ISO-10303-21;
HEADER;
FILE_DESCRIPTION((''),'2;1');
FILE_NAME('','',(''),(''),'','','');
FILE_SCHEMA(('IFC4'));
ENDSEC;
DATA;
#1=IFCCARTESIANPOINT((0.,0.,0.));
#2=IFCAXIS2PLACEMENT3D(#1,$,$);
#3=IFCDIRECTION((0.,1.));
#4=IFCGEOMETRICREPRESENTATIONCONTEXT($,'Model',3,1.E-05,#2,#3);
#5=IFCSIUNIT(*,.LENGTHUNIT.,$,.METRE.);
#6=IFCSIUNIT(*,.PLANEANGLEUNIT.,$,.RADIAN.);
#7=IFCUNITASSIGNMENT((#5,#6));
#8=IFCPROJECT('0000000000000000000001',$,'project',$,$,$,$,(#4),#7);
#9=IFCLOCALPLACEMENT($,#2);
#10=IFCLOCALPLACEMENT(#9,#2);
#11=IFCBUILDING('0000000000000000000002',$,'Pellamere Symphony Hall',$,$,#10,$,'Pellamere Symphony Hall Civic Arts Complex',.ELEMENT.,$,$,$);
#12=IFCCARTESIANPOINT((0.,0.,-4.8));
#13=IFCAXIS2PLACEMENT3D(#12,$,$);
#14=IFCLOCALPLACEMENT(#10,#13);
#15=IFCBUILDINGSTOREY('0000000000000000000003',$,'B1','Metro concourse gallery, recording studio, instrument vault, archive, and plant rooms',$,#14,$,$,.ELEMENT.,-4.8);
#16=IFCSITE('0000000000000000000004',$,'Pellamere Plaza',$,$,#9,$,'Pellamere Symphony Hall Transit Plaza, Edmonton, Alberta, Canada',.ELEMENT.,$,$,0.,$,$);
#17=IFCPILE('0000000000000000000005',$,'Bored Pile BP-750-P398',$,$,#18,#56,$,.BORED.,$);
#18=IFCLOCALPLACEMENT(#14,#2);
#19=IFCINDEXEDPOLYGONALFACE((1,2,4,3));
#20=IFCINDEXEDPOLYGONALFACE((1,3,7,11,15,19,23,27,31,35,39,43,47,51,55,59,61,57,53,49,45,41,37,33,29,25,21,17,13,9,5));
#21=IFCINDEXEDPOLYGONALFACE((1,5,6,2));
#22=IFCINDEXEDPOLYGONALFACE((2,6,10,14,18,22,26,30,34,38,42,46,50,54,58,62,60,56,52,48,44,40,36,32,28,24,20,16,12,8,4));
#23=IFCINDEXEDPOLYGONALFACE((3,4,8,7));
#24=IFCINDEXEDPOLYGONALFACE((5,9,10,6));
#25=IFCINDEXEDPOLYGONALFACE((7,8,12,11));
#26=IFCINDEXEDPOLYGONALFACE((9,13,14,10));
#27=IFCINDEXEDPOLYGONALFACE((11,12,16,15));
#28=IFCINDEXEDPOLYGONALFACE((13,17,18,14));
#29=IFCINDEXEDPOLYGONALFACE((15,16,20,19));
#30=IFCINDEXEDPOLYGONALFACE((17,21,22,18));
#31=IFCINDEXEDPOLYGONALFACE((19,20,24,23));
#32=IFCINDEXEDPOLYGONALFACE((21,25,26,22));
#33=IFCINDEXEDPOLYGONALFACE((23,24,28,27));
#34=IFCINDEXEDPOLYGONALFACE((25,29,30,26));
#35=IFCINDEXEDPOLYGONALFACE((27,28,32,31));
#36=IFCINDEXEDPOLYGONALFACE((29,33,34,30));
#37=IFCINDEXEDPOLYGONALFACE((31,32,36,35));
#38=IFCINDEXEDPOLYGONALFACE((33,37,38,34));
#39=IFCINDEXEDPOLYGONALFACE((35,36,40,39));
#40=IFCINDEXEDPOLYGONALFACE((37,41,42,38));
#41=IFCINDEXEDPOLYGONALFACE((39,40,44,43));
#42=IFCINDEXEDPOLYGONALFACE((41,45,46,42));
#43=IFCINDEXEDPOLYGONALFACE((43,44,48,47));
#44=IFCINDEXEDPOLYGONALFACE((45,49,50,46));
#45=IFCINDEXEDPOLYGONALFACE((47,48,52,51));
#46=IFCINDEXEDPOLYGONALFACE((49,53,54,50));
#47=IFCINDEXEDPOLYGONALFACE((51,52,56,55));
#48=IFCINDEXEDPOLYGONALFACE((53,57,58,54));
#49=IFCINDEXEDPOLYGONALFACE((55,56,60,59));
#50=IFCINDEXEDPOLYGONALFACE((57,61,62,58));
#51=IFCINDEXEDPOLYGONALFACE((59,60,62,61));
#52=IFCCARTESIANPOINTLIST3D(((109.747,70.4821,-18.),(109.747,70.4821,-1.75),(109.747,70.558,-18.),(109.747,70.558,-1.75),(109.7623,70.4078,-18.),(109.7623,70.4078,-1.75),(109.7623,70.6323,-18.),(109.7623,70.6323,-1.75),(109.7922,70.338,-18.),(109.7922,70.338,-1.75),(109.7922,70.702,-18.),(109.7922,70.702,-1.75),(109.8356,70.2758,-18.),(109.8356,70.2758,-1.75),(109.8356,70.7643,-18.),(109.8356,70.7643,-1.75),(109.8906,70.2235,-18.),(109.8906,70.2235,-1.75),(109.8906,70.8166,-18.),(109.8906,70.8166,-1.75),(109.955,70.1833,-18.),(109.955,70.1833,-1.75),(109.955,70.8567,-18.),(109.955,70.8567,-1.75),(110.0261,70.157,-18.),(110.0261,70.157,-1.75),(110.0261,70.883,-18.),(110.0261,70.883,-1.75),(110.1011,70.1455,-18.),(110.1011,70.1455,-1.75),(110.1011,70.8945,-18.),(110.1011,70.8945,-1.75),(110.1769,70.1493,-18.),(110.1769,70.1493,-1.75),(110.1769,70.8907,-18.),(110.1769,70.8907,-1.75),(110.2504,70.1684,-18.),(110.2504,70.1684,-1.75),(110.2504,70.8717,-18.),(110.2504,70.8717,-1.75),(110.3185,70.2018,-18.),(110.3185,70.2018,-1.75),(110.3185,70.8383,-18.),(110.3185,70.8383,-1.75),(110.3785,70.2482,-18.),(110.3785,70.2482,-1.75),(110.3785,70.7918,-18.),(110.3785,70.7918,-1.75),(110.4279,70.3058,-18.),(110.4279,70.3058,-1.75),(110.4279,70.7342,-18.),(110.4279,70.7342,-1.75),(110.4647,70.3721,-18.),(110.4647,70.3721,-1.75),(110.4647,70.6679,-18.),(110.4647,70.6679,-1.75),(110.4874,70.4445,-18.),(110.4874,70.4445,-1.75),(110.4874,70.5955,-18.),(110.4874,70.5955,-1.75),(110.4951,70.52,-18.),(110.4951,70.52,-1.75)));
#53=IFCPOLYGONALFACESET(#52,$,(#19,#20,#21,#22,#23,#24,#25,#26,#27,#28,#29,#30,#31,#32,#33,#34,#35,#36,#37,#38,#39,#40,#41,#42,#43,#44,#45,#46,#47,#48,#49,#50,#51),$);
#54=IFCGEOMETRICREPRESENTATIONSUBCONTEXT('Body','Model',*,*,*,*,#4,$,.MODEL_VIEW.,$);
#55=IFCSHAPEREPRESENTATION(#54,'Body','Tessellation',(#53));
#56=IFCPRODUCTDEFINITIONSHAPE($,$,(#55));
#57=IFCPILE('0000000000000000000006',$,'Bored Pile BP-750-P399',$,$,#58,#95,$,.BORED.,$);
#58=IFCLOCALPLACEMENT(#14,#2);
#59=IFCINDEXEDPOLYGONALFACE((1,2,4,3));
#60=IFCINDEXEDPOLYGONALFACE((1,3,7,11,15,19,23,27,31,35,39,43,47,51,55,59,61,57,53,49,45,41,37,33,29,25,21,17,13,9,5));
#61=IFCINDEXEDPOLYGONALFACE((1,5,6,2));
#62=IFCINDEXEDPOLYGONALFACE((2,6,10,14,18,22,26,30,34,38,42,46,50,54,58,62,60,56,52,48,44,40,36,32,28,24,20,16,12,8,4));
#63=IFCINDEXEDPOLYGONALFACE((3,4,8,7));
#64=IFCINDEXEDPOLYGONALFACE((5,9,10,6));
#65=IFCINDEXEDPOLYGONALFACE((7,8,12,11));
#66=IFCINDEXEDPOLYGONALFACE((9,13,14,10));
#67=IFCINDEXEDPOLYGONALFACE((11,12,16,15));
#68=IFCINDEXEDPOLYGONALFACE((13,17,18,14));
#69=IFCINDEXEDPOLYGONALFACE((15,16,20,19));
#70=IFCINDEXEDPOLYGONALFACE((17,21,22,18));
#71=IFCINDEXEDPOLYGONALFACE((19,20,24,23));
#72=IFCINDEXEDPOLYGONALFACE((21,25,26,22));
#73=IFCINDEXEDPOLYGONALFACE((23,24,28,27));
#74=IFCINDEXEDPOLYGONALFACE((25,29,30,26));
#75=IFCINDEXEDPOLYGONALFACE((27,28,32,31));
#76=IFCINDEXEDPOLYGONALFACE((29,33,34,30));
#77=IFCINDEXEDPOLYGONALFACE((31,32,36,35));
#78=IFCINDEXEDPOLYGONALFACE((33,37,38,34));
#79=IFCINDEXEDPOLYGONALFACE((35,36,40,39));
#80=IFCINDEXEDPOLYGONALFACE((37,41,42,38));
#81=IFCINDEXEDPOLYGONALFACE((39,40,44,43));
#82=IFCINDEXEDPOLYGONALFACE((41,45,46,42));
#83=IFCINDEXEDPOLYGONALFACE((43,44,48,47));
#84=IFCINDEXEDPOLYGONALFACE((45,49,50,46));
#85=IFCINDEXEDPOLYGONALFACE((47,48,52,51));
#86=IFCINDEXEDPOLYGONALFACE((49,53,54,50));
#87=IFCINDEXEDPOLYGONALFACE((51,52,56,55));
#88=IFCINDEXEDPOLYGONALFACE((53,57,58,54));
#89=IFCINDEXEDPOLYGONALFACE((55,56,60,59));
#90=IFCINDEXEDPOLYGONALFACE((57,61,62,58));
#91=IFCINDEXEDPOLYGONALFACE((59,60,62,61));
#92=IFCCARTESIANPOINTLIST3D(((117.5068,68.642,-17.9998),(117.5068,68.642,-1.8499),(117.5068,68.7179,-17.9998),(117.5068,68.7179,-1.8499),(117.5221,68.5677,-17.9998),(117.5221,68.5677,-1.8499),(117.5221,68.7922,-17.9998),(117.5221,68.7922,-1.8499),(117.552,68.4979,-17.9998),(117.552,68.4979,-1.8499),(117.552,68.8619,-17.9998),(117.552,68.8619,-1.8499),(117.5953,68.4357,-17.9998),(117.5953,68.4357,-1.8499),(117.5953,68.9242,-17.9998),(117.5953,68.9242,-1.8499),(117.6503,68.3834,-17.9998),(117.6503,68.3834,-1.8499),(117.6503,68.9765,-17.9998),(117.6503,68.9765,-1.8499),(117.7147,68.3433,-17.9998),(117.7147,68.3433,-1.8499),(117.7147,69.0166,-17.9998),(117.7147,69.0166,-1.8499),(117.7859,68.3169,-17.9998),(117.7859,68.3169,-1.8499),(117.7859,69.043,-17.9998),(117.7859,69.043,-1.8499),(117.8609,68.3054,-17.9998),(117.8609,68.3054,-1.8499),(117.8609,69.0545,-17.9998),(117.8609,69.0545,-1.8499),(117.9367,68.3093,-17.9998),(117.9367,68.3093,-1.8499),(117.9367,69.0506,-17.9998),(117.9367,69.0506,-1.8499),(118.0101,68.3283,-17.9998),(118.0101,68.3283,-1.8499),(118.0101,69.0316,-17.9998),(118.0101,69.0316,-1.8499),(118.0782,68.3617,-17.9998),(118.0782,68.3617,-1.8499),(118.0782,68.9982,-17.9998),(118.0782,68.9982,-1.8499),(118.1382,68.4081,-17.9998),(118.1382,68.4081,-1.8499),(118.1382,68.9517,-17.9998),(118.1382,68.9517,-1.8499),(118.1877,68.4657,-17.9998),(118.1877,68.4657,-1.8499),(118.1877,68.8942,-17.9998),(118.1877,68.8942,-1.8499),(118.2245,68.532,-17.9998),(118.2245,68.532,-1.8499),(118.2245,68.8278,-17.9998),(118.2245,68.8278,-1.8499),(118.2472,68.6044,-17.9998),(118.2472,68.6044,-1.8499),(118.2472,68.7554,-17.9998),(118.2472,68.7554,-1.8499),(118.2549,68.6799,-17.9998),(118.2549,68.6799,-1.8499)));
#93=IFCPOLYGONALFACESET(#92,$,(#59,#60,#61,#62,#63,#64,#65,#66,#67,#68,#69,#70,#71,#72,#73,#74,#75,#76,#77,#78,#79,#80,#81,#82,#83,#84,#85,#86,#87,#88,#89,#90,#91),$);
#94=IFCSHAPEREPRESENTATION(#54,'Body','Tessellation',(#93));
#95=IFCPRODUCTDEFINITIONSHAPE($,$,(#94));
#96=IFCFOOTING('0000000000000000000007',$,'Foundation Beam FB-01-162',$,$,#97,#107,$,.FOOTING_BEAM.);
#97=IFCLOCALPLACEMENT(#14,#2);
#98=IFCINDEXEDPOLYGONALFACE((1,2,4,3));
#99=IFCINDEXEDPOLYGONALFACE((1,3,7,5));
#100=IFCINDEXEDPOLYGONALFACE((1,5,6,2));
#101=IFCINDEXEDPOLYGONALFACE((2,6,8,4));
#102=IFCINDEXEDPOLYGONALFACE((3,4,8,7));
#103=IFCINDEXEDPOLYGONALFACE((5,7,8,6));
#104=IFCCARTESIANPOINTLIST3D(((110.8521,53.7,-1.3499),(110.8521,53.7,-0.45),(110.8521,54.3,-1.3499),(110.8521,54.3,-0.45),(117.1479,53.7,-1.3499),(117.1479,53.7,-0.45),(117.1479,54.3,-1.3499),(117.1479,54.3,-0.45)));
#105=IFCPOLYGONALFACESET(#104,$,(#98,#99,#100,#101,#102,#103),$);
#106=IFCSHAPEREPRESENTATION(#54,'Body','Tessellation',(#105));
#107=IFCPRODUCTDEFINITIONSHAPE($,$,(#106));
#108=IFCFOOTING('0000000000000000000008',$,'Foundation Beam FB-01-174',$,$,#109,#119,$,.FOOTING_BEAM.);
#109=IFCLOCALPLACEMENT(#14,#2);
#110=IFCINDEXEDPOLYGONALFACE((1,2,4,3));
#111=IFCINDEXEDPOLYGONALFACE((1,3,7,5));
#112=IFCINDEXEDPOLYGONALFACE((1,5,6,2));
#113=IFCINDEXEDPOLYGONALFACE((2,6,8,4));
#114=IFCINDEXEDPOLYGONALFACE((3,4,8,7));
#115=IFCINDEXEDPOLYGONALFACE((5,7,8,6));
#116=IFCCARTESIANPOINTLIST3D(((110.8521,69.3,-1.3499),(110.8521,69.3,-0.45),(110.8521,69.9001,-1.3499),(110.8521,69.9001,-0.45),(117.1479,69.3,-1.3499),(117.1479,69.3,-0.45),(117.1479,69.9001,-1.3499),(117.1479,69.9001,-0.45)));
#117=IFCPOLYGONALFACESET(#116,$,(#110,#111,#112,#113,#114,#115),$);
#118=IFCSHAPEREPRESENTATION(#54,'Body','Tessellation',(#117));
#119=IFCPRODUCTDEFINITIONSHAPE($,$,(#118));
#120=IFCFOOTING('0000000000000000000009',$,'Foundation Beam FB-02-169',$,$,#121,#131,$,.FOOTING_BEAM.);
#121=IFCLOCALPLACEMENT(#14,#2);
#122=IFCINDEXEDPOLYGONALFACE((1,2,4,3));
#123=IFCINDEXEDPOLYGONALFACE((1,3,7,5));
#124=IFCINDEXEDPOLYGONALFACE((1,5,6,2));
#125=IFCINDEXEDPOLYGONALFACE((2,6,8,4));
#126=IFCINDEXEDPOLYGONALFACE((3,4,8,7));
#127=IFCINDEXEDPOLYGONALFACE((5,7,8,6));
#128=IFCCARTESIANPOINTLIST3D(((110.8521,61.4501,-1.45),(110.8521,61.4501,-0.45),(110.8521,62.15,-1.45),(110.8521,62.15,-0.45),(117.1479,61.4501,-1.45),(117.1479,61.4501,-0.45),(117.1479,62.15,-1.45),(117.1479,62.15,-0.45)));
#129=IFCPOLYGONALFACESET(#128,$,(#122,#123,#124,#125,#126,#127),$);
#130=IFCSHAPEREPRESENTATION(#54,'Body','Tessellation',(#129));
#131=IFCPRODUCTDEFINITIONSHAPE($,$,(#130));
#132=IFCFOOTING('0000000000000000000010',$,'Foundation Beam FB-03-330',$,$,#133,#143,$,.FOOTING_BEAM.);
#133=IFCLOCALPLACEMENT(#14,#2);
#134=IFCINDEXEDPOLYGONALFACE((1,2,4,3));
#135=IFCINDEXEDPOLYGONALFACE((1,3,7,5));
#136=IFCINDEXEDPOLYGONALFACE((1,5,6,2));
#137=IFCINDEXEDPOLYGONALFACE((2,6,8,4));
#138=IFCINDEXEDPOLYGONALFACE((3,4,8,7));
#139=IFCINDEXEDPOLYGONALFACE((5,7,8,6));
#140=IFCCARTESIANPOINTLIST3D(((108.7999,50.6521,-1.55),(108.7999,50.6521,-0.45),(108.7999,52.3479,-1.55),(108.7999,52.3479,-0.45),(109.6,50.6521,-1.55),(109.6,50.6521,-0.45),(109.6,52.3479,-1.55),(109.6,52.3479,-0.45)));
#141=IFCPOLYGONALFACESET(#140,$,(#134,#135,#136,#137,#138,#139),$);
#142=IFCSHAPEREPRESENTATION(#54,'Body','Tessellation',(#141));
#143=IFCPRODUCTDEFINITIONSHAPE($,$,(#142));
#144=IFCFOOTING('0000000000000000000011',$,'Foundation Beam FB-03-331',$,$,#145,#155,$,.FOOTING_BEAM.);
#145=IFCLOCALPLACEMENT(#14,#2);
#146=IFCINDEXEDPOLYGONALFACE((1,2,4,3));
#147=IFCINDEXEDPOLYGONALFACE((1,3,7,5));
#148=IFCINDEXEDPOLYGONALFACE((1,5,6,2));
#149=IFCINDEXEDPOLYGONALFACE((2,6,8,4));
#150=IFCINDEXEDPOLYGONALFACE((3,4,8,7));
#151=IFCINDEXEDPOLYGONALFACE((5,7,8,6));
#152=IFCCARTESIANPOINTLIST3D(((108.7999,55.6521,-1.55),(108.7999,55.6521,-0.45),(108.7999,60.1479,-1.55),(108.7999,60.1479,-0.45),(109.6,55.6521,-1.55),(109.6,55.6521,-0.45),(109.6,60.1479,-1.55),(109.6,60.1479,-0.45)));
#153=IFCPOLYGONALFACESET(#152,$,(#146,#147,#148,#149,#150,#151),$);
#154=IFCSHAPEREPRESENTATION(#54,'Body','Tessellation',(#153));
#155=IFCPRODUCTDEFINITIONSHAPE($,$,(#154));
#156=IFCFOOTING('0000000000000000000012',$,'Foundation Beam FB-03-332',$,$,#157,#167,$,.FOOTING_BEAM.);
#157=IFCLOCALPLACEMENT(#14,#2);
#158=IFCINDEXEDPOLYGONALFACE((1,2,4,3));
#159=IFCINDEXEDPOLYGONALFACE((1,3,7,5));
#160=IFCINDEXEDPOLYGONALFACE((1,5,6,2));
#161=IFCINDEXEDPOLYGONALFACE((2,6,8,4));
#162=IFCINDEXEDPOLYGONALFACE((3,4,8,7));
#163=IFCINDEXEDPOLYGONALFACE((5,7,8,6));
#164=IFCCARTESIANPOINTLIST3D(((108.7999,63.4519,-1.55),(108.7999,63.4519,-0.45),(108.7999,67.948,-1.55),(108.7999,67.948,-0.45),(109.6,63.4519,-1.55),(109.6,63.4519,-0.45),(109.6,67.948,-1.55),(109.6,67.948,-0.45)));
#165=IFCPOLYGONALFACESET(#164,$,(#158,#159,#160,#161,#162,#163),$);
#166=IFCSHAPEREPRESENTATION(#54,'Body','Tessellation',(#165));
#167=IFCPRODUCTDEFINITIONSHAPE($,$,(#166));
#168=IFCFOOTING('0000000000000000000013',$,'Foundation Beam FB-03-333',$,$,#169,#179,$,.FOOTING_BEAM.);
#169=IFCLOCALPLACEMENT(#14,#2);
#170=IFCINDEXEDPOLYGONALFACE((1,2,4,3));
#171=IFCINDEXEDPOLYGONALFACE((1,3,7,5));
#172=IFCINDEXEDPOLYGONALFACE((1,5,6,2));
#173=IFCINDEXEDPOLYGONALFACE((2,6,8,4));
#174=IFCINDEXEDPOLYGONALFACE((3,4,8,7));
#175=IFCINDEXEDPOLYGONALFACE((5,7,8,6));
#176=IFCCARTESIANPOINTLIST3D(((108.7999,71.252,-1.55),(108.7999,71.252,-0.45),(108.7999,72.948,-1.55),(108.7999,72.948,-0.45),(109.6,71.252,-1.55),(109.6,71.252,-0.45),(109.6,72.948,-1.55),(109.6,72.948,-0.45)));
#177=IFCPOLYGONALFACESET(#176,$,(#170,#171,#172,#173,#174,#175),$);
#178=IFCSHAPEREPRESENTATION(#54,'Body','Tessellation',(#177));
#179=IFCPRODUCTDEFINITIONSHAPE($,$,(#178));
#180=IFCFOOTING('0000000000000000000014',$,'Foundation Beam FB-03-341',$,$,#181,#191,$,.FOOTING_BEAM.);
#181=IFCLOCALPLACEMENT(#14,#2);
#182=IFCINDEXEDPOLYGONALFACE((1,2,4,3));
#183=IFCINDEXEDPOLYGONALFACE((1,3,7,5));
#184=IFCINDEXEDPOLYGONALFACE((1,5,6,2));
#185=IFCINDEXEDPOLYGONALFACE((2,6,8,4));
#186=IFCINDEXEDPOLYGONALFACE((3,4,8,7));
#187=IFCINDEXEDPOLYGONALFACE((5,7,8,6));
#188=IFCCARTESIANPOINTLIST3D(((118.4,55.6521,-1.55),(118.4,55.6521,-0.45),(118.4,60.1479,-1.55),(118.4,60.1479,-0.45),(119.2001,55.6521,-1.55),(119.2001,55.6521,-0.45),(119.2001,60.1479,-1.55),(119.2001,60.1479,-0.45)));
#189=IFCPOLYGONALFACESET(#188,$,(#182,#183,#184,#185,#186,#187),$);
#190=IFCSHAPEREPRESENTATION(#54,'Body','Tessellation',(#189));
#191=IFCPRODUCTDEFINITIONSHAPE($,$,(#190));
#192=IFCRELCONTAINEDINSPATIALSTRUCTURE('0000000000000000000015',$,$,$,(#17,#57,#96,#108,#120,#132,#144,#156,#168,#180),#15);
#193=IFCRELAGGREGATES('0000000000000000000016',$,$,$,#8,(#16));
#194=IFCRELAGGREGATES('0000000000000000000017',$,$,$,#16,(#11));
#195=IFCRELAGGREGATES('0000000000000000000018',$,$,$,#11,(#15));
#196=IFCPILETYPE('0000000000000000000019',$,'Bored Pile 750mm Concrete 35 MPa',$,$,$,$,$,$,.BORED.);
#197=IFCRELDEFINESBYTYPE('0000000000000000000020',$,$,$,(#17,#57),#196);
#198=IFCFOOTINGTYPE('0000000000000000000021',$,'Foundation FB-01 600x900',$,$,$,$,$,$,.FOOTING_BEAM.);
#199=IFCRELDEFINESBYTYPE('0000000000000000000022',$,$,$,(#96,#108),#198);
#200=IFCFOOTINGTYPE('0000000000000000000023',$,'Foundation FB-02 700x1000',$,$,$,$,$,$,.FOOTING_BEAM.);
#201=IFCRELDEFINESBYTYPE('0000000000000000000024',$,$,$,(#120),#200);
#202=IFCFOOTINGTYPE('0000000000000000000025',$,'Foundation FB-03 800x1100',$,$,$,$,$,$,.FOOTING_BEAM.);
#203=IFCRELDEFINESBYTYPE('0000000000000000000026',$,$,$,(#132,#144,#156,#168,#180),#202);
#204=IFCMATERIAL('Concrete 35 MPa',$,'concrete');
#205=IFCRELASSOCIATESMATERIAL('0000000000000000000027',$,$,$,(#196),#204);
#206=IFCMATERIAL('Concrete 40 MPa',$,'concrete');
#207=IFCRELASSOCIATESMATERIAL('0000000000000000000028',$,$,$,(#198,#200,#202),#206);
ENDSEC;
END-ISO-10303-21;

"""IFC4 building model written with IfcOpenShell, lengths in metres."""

from ifc_helpers import new_model, si_unit, direction, frame, origin, origin_2d, place, context, subcontext, project, spatial, rectangle, circle, extrude, material, material_profile, profile_set, type_object, element, save


model = new_model("IFC4")

# Units and contexts
model_context = context("Model", 3, precision=1e-05, world=origin(), true_north=direction((0.0, 1.0)))
body_context = subcontext(model_context, "Body", "Model", "MODEL_VIEW")
ifc_project = project(units=[si_unit("LENGTHUNIT", "METRE"), si_unit("PLANEANGLEUNIT", "RADIAN")], contexts=[model_context])

# Site, building, storey
site_placement = place(None, origin())
site = spatial("IfcSite", under=ifc_project, at=site_placement, Name="Pellamere Plaza", LongName="Pellamere Symphony Hall Transit Plaza, Edmonton, Alberta, Canada", CompositionType="ELEMENT", RefElevation=0.0)
building_placement = place(site_placement, origin())
building = spatial("IfcBuilding", under=site, at=building_placement, Name="Pellamere Symphony Hall", LongName="Pellamere Symphony Hall Civic Arts Complex", CompositionType="ELEMENT")
storey_placement = place(building_placement, frame((0.0, 0.0, -4.8)))
storey = spatial("IfcBuildingStorey", under=building, at=storey_placement, Name="B1", Description="Metro concourse gallery, recording studio, instrument vault, archive, and plant rooms", CompositionType="ELEMENT", Elevation=-4.8)

# Piles
ifc_material_1 = material(Name="Concrete 35 MPa", Category="concrete")
ifc_material_profile_1 = material_profile(ifc_material_1, circle(Radius=0.375, at=origin_2d()), Name="PILE D750")
ifc_profile_set_1 = profile_set([ifc_material_profile_1], Name="Concrete 35 MPa")
pile_type = type_object("IfcPileType", Name="Bored Pile 750mm Concrete 35 MPa", PredefinedType="BORED", material=ifc_profile_set_1)
for number, where, z_axis, x_axis, name in (
    (1, (110.1201, 70.52, -1.75), (0.0, 0.0, -1.0), (1.0, 0.0, 0.0), "Bored Pile BP-750-P398"),
):
    element("IfcPile", number, at=place(storey_placement, frame(where, z_axis=z_axis, x_axis=x_axis)), inside=storey, type_object=pile_type, Name=name, PredefinedType="BORED", context=body_context, shape_type="SweptSolid", body=[
        extrude(circle(Radius=0.375, at=origin_2d()), origin(), (0.0, 0.0, 1.0), 16.25),
    ])
pile_1_placement = place(storey_placement, frame((117.8799, 68.6799, -1.8499), z_axis=(0.0, 0.0, -1.0), x_axis=(1.0, 0.0, 0.0)))
element("IfcPile", 2, at=pile_1_placement, inside=storey, type_object=pile_type, Name="Bored Pile BP-750-P399", PredefinedType="BORED", context=body_context, shape_type="SweptSolid", body=[
    extrude(circle(Radius=0.375, at=origin_2d()), origin(), (0.0, 0.0, 1.0), 16.1499),
])

# Footings
ifc_material_2 = material(Name="Concrete 40 MPa", Category="concrete")
ifc_material_profile_2 = material_profile(ifc_material_2, rectangle(XDim=0.6001, YDim=0.8999, at=origin_2d()), Name="RC 600x900")
ifc_profile_set_2 = profile_set([ifc_material_profile_2], Name="Concrete 40 MPa")
footing_type_1 = type_object("IfcFootingType", Name="Foundation FB-01 600x900", PredefinedType="FOOTING_BEAM", material=ifc_profile_set_2)
for number, where, z_axis, x_axis, name in (
    (3, (110.8521, 54.0, -0.8999), (1.0, 0.0, 0.0), (0.0, 1.0, 0.0), "Foundation Beam FB-01-162"),
    (4, (110.8521, 69.6001, -0.8999), (1.0, 0.0, 0.0), (0.0, 1.0, 0.0), "Foundation Beam FB-01-174"),
):
    element("IfcFooting", number, at=place(storey_placement, frame(where, z_axis=z_axis, x_axis=x_axis)), inside=storey, type_object=footing_type_1, Name=name, PredefinedType="FOOTING_BEAM", context=body_context, shape_type="SweptSolid", body=[
        extrude(rectangle(XDim=0.6001, YDim=0.8999, at=origin_2d()), origin(), (0.0, 0.0, 1.0), 6.2959),
    ])
ifc_material_profile_3 = material_profile(ifc_material_2, rectangle(XDim=0.7, YDim=1.0, at=origin_2d()), Name="RC 700x1000")
ifc_profile_set_3 = profile_set([ifc_material_profile_3], Name="Concrete 40 MPa")
footing_type_2 = type_object("IfcFootingType", Name="Foundation FB-02 700x1000", PredefinedType="FOOTING_BEAM", material=ifc_profile_set_3)
footing_1_placement = place(storey_placement, frame((110.8521, 61.8, -0.95), z_axis=(1.0, 0.0, 0.0), x_axis=(0.0, 1.0, 0.0)))
element("IfcFooting", 5, at=footing_1_placement, inside=storey, type_object=footing_type_2, Name="Foundation Beam FB-02-169", PredefinedType="FOOTING_BEAM", context=body_context, shape_type="SweptSolid", body=[
    extrude(rectangle(XDim=0.7, YDim=1.0, at=origin_2d()), origin(), (0.0, 0.0, 1.0), 6.2959),
])
ifc_material_profile_4 = material_profile(ifc_material_2, rectangle(XDim=0.8, YDim=1.1001, at=origin_2d()), Name="RC 800x1100")
ifc_profile_set_4 = profile_set([ifc_material_profile_4], Name="Concrete 40 MPa")
footing_type_3 = type_object("IfcFootingType", Name="Foundation FB-03 800x1100", PredefinedType="FOOTING_BEAM", material=ifc_profile_set_4)
footing_2_placement = place(storey_placement, frame((109.2, 50.6521, -1.0), z_axis=(0.0, 1.0, 0.0), x_axis=(-1.0, 0.0, 0.0)))
element("IfcFooting", 6, at=footing_2_placement, inside=storey, type_object=footing_type_3, Name="Foundation Beam FB-03-330", PredefinedType="FOOTING_BEAM", context=body_context, shape_type="SweptSolid", body=[
    extrude(rectangle(XDim=0.8, YDim=1.1001, at=origin_2d()), origin(), (0.0, 0.0, 1.0), 1.6958),
])
footing_3_placement = place(storey_placement, frame((109.2, 55.6521, -1.0), z_axis=(0.0, 1.0, 0.0), x_axis=(-1.0, 0.0, 0.0)))
element("IfcFooting", 7, at=footing_3_placement, inside=storey, type_object=footing_type_3, Name="Foundation Beam FB-03-331", PredefinedType="FOOTING_BEAM", context=body_context, shape_type="SweptSolid", body=[
    extrude(rectangle(XDim=0.8, YDim=1.1001, at=origin_2d()), origin(), (0.0, 0.0, 1.0), 4.4958),
])
footing_4_placement = place(storey_placement, frame((109.2, 63.4519, -1.0), z_axis=(0.0, 1.0, 0.0), x_axis=(-1.0, 0.0, 0.0)))
element("IfcFooting", 8, at=footing_4_placement, inside=storey, type_object=footing_type_3, Name="Foundation Beam FB-03-332", PredefinedType="FOOTING_BEAM", context=body_context, shape_type="SweptSolid", body=[
    extrude(rectangle(XDim=0.8, YDim=1.1001, at=origin_2d()), origin(), (0.0, 0.0, 1.0), 4.4961),
])
footing_5_placement = place(storey_placement, frame((109.2, 71.252, -1.0), z_axis=(0.0, 1.0, 0.0), x_axis=(-1.0, 0.0, 0.0)))
element("IfcFooting", 9, at=footing_5_placement, inside=storey, type_object=footing_type_3, Name="Foundation Beam FB-03-333", PredefinedType="FOOTING_BEAM", context=body_context, shape_type="SweptSolid", body=[
    extrude(rectangle(XDim=0.8, YDim=1.1001, at=origin_2d()), origin(), (0.0, 0.0, 1.0), 1.696),
])
footing_6_placement = place(storey_placement, frame((118.8, 55.6521, -1.0), z_axis=(0.0, 1.0, 0.0), x_axis=(-1.0, 0.0, 0.0)))
element("IfcFooting", 10, at=footing_6_placement, inside=storey, type_object=footing_type_3, Name="Foundation Beam FB-03-341", PredefinedType="FOOTING_BEAM", context=body_context, shape_type="SweptSolid", body=[
    extrude(rectangle(XDim=0.8, YDim=1.1001, at=origin_2d()), origin(), (0.0, 0.0, 1.0), 4.4958),
])

save(model, "model.ifc")
